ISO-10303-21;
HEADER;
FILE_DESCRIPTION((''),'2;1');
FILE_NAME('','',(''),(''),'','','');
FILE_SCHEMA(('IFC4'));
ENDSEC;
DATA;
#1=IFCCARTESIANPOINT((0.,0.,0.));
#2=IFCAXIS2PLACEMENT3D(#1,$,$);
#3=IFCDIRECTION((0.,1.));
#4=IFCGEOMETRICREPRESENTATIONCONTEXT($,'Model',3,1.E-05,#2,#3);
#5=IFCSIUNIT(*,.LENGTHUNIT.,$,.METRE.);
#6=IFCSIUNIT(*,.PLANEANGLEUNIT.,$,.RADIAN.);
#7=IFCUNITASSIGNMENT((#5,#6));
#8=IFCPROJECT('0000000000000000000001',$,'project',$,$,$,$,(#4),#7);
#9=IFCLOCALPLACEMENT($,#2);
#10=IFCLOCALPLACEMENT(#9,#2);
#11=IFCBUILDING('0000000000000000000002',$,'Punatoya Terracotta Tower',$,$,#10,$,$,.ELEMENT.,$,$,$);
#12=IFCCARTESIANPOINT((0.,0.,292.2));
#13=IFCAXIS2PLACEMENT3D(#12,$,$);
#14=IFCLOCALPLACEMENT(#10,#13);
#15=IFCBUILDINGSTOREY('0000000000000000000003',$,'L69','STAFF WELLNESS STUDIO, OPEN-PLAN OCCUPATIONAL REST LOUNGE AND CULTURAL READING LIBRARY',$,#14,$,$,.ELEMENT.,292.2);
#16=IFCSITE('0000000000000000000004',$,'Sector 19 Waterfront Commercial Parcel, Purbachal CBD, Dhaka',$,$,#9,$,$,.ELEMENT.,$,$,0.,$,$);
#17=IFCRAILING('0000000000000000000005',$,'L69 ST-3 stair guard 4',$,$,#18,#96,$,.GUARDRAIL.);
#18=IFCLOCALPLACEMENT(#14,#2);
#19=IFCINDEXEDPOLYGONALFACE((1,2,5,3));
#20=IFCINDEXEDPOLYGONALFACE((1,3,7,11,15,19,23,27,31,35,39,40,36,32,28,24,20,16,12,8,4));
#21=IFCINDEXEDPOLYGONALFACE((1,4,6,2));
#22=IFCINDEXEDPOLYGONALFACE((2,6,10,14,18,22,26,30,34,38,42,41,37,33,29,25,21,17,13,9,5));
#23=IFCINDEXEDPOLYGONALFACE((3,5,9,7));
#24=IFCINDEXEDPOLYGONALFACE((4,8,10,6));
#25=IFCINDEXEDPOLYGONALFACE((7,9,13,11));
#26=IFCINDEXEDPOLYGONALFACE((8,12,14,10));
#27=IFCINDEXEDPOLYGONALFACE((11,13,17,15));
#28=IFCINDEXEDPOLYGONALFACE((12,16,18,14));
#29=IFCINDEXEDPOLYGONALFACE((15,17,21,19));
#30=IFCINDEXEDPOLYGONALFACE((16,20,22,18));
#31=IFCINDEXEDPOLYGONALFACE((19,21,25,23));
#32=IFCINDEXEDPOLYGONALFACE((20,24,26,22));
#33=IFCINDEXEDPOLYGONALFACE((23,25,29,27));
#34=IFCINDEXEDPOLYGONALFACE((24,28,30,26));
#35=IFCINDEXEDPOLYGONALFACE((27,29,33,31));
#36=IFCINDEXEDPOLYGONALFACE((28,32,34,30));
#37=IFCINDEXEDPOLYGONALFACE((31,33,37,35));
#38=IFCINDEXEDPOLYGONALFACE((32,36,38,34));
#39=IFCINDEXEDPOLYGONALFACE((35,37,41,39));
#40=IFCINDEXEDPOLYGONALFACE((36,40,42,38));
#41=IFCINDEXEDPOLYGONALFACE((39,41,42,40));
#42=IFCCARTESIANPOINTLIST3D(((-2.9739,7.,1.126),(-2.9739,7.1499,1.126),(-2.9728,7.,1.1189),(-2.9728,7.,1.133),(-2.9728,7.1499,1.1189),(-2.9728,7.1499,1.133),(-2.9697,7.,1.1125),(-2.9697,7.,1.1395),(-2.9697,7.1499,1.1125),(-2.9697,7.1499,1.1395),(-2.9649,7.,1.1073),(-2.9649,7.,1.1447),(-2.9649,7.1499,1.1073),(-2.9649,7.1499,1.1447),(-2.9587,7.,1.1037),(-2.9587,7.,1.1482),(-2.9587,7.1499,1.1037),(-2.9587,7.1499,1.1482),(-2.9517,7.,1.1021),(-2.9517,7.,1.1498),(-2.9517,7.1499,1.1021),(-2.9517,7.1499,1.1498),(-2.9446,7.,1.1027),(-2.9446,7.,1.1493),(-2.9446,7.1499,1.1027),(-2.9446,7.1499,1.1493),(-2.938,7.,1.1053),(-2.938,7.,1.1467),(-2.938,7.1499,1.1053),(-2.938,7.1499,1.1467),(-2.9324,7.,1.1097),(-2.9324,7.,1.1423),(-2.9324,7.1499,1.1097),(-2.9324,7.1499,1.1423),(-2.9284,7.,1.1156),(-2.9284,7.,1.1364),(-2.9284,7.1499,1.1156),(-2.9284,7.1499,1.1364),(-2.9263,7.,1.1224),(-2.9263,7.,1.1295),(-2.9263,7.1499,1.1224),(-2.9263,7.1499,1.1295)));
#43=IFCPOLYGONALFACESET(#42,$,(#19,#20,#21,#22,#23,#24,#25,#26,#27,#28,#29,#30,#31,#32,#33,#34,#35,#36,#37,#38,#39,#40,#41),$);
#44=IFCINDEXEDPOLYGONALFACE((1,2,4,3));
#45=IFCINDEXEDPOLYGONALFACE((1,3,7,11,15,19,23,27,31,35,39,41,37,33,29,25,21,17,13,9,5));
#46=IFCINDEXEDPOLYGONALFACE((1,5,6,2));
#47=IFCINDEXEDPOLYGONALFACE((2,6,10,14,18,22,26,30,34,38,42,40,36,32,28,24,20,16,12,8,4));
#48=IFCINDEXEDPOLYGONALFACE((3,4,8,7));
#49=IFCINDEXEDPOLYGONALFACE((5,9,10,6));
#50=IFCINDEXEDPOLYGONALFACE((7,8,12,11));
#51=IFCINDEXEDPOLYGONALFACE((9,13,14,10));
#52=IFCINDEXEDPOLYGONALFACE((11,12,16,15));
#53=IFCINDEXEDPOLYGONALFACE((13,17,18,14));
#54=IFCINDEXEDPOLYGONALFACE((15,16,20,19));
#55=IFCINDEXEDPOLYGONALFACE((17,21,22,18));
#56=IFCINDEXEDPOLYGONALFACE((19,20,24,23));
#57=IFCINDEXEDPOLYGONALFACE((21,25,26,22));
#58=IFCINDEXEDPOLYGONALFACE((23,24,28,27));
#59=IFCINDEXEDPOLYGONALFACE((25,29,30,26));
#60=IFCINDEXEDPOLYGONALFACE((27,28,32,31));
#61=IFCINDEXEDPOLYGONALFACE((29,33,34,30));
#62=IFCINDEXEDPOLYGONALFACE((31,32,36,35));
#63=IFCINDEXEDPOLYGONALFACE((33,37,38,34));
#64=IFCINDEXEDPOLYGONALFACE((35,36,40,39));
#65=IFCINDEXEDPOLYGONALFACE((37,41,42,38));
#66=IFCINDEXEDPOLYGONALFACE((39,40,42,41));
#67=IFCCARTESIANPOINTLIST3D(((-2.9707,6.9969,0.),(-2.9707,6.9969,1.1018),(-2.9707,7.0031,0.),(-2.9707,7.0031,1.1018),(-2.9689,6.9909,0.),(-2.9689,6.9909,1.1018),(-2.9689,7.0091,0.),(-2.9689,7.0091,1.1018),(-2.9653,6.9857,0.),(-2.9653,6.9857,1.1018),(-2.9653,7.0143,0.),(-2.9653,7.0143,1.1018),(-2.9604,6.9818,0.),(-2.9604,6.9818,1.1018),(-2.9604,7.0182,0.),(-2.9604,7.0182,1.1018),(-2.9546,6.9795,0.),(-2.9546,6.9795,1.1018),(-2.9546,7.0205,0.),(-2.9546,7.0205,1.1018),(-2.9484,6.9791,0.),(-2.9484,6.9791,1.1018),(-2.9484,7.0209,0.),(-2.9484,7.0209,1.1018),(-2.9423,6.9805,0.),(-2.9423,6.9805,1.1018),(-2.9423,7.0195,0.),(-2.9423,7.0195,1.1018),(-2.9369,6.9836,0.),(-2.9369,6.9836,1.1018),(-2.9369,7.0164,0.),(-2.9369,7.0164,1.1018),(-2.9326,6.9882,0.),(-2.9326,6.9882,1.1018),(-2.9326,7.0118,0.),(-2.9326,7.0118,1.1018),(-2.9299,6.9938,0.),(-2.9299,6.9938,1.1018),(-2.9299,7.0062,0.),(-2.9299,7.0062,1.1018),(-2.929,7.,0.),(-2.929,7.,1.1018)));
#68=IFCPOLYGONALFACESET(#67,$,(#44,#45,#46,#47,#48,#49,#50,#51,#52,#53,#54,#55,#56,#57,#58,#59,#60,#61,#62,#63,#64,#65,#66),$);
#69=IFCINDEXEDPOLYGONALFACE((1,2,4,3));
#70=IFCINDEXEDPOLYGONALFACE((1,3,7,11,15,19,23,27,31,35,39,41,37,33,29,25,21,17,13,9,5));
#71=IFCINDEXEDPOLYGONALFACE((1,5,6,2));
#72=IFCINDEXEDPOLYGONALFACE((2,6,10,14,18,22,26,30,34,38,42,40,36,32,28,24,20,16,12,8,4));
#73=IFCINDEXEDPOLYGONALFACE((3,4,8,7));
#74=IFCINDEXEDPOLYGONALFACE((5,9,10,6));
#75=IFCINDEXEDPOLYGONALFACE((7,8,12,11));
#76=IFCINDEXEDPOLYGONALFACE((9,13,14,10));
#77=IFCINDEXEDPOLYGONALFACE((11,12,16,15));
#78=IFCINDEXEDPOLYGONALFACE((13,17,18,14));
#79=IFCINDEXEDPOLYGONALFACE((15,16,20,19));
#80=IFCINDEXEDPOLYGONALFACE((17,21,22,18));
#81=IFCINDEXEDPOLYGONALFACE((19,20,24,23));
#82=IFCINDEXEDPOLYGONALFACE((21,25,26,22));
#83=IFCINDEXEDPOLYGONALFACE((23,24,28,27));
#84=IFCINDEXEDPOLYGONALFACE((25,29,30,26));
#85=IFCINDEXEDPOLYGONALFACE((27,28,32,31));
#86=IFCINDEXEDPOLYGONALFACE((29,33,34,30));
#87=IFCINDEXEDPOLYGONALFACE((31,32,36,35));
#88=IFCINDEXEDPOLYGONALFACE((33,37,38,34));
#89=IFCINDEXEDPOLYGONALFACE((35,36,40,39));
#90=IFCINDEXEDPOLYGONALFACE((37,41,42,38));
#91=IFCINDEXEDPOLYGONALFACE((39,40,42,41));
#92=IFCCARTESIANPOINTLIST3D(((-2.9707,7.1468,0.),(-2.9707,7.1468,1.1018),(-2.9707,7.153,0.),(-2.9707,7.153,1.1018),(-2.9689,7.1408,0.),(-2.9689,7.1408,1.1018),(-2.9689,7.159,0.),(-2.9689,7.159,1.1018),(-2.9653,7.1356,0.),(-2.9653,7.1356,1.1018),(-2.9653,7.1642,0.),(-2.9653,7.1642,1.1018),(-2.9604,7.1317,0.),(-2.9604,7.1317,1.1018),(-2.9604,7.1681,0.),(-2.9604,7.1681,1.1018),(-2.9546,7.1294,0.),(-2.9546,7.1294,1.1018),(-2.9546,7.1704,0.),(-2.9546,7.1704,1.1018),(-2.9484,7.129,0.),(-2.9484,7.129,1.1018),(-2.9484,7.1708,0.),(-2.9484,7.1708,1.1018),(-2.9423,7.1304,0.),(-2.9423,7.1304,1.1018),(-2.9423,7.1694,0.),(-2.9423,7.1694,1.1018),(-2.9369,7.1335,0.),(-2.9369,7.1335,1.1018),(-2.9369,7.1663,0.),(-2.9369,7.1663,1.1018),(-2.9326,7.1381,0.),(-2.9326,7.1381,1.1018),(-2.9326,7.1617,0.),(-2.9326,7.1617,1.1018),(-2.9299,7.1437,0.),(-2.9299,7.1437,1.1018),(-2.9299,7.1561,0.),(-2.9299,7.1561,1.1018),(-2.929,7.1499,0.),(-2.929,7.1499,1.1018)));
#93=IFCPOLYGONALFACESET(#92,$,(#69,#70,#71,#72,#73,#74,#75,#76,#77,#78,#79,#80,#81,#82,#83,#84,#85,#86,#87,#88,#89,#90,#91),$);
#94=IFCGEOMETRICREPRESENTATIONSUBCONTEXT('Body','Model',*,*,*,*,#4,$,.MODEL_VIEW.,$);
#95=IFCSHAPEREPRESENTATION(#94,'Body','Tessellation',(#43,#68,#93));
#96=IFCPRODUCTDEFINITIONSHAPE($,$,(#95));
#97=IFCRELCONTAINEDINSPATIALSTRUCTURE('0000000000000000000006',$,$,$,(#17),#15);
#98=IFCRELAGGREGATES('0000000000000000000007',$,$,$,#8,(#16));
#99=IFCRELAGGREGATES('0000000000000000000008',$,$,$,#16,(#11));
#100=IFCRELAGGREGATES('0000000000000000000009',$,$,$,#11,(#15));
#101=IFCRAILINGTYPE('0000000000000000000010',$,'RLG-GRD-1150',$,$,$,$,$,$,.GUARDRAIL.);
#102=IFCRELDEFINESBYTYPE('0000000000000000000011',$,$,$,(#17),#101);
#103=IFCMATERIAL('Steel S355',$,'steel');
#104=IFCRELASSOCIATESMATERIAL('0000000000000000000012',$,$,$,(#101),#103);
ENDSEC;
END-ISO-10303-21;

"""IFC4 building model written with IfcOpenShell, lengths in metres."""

from ifc_helpers import new_model, si_unit, direction, frame, origin, origin_2d, place, context, subcontext, project, spatial, circle, extrude, material, type_object, element, save


model = new_model("IFC4")

# Units and contexts
model_context = context("Model", 3, precision=1e-05, world=origin(), true_north=direction((0.0, 1.0)))
body_context = subcontext(model_context, "Body", "Model", "MODEL_VIEW")
ifc_project = project(units=[si_unit("LENGTHUNIT", "METRE"), si_unit("PLANEANGLEUNIT", "RADIAN")], contexts=[model_context])

# Site, building, storey
site_placement = place(None, origin())
site = spatial("IfcSite", under=ifc_project, at=site_placement, Name="Sector 19 Waterfront Commercial Parcel, Purbachal CBD, Dhaka", CompositionType="ELEMENT", RefElevation=0.0)
building_placement = place(site_placement, origin())
building = spatial("IfcBuilding", under=site, at=building_placement, Name="Punatoya Terracotta Tower", CompositionType="ELEMENT")
storey_placement = place(building_placement, frame((0.0, 0.0, 292.2)))
storey = spatial("IfcBuildingStorey", under=building, at=storey_placement, Name="L69", Description="STAFF WELLNESS STUDIO, OPEN-PLAN OCCUPATIONAL REST LOUNGE AND CULTURAL READING LIBRARY", CompositionType="ELEMENT", Elevation=292.2)

# Shared definitions
ifc_material_1 = material(Name="Steel S355", Category="steel")

# Railing
railing_type_1 = type_object("IfcRailingType", Name="RLG-GRD-1150", PredefinedType="GUARDRAIL", material=ifc_material_1)
railing_1_placement = place(storey_placement, frame((-2.95, 7.0, 0.0)))
element("IfcRailing", 1, at=railing_1_placement, inside=storey, type_object=railing_type_1, Name="L69 ST-3 stair guard 4", PredefinedType="GUARDRAIL", context=body_context, shape_type="SweptSolid", body=[
    extrude(circle(Radius=0.0239, at=origin_2d()), frame((0.0, 0.0, 1.126), z_axis=(0.0, 1.0, 0.0), x_axis=(-1.0, 0.0, 0.0)), (0.0, 0.0, 1.0), 0.1499),
    extrude(circle(Radius=0.021, at=origin_2d()), origin(), (0.0, 0.0, 1.0), 1.1018),
    extrude(circle(Radius=0.021, at=origin_2d()), frame((0.0, 0.1499, 0.0)), (0.0, 0.0, 1.0), 1.1018),
])

save(model, "model.ifc")
